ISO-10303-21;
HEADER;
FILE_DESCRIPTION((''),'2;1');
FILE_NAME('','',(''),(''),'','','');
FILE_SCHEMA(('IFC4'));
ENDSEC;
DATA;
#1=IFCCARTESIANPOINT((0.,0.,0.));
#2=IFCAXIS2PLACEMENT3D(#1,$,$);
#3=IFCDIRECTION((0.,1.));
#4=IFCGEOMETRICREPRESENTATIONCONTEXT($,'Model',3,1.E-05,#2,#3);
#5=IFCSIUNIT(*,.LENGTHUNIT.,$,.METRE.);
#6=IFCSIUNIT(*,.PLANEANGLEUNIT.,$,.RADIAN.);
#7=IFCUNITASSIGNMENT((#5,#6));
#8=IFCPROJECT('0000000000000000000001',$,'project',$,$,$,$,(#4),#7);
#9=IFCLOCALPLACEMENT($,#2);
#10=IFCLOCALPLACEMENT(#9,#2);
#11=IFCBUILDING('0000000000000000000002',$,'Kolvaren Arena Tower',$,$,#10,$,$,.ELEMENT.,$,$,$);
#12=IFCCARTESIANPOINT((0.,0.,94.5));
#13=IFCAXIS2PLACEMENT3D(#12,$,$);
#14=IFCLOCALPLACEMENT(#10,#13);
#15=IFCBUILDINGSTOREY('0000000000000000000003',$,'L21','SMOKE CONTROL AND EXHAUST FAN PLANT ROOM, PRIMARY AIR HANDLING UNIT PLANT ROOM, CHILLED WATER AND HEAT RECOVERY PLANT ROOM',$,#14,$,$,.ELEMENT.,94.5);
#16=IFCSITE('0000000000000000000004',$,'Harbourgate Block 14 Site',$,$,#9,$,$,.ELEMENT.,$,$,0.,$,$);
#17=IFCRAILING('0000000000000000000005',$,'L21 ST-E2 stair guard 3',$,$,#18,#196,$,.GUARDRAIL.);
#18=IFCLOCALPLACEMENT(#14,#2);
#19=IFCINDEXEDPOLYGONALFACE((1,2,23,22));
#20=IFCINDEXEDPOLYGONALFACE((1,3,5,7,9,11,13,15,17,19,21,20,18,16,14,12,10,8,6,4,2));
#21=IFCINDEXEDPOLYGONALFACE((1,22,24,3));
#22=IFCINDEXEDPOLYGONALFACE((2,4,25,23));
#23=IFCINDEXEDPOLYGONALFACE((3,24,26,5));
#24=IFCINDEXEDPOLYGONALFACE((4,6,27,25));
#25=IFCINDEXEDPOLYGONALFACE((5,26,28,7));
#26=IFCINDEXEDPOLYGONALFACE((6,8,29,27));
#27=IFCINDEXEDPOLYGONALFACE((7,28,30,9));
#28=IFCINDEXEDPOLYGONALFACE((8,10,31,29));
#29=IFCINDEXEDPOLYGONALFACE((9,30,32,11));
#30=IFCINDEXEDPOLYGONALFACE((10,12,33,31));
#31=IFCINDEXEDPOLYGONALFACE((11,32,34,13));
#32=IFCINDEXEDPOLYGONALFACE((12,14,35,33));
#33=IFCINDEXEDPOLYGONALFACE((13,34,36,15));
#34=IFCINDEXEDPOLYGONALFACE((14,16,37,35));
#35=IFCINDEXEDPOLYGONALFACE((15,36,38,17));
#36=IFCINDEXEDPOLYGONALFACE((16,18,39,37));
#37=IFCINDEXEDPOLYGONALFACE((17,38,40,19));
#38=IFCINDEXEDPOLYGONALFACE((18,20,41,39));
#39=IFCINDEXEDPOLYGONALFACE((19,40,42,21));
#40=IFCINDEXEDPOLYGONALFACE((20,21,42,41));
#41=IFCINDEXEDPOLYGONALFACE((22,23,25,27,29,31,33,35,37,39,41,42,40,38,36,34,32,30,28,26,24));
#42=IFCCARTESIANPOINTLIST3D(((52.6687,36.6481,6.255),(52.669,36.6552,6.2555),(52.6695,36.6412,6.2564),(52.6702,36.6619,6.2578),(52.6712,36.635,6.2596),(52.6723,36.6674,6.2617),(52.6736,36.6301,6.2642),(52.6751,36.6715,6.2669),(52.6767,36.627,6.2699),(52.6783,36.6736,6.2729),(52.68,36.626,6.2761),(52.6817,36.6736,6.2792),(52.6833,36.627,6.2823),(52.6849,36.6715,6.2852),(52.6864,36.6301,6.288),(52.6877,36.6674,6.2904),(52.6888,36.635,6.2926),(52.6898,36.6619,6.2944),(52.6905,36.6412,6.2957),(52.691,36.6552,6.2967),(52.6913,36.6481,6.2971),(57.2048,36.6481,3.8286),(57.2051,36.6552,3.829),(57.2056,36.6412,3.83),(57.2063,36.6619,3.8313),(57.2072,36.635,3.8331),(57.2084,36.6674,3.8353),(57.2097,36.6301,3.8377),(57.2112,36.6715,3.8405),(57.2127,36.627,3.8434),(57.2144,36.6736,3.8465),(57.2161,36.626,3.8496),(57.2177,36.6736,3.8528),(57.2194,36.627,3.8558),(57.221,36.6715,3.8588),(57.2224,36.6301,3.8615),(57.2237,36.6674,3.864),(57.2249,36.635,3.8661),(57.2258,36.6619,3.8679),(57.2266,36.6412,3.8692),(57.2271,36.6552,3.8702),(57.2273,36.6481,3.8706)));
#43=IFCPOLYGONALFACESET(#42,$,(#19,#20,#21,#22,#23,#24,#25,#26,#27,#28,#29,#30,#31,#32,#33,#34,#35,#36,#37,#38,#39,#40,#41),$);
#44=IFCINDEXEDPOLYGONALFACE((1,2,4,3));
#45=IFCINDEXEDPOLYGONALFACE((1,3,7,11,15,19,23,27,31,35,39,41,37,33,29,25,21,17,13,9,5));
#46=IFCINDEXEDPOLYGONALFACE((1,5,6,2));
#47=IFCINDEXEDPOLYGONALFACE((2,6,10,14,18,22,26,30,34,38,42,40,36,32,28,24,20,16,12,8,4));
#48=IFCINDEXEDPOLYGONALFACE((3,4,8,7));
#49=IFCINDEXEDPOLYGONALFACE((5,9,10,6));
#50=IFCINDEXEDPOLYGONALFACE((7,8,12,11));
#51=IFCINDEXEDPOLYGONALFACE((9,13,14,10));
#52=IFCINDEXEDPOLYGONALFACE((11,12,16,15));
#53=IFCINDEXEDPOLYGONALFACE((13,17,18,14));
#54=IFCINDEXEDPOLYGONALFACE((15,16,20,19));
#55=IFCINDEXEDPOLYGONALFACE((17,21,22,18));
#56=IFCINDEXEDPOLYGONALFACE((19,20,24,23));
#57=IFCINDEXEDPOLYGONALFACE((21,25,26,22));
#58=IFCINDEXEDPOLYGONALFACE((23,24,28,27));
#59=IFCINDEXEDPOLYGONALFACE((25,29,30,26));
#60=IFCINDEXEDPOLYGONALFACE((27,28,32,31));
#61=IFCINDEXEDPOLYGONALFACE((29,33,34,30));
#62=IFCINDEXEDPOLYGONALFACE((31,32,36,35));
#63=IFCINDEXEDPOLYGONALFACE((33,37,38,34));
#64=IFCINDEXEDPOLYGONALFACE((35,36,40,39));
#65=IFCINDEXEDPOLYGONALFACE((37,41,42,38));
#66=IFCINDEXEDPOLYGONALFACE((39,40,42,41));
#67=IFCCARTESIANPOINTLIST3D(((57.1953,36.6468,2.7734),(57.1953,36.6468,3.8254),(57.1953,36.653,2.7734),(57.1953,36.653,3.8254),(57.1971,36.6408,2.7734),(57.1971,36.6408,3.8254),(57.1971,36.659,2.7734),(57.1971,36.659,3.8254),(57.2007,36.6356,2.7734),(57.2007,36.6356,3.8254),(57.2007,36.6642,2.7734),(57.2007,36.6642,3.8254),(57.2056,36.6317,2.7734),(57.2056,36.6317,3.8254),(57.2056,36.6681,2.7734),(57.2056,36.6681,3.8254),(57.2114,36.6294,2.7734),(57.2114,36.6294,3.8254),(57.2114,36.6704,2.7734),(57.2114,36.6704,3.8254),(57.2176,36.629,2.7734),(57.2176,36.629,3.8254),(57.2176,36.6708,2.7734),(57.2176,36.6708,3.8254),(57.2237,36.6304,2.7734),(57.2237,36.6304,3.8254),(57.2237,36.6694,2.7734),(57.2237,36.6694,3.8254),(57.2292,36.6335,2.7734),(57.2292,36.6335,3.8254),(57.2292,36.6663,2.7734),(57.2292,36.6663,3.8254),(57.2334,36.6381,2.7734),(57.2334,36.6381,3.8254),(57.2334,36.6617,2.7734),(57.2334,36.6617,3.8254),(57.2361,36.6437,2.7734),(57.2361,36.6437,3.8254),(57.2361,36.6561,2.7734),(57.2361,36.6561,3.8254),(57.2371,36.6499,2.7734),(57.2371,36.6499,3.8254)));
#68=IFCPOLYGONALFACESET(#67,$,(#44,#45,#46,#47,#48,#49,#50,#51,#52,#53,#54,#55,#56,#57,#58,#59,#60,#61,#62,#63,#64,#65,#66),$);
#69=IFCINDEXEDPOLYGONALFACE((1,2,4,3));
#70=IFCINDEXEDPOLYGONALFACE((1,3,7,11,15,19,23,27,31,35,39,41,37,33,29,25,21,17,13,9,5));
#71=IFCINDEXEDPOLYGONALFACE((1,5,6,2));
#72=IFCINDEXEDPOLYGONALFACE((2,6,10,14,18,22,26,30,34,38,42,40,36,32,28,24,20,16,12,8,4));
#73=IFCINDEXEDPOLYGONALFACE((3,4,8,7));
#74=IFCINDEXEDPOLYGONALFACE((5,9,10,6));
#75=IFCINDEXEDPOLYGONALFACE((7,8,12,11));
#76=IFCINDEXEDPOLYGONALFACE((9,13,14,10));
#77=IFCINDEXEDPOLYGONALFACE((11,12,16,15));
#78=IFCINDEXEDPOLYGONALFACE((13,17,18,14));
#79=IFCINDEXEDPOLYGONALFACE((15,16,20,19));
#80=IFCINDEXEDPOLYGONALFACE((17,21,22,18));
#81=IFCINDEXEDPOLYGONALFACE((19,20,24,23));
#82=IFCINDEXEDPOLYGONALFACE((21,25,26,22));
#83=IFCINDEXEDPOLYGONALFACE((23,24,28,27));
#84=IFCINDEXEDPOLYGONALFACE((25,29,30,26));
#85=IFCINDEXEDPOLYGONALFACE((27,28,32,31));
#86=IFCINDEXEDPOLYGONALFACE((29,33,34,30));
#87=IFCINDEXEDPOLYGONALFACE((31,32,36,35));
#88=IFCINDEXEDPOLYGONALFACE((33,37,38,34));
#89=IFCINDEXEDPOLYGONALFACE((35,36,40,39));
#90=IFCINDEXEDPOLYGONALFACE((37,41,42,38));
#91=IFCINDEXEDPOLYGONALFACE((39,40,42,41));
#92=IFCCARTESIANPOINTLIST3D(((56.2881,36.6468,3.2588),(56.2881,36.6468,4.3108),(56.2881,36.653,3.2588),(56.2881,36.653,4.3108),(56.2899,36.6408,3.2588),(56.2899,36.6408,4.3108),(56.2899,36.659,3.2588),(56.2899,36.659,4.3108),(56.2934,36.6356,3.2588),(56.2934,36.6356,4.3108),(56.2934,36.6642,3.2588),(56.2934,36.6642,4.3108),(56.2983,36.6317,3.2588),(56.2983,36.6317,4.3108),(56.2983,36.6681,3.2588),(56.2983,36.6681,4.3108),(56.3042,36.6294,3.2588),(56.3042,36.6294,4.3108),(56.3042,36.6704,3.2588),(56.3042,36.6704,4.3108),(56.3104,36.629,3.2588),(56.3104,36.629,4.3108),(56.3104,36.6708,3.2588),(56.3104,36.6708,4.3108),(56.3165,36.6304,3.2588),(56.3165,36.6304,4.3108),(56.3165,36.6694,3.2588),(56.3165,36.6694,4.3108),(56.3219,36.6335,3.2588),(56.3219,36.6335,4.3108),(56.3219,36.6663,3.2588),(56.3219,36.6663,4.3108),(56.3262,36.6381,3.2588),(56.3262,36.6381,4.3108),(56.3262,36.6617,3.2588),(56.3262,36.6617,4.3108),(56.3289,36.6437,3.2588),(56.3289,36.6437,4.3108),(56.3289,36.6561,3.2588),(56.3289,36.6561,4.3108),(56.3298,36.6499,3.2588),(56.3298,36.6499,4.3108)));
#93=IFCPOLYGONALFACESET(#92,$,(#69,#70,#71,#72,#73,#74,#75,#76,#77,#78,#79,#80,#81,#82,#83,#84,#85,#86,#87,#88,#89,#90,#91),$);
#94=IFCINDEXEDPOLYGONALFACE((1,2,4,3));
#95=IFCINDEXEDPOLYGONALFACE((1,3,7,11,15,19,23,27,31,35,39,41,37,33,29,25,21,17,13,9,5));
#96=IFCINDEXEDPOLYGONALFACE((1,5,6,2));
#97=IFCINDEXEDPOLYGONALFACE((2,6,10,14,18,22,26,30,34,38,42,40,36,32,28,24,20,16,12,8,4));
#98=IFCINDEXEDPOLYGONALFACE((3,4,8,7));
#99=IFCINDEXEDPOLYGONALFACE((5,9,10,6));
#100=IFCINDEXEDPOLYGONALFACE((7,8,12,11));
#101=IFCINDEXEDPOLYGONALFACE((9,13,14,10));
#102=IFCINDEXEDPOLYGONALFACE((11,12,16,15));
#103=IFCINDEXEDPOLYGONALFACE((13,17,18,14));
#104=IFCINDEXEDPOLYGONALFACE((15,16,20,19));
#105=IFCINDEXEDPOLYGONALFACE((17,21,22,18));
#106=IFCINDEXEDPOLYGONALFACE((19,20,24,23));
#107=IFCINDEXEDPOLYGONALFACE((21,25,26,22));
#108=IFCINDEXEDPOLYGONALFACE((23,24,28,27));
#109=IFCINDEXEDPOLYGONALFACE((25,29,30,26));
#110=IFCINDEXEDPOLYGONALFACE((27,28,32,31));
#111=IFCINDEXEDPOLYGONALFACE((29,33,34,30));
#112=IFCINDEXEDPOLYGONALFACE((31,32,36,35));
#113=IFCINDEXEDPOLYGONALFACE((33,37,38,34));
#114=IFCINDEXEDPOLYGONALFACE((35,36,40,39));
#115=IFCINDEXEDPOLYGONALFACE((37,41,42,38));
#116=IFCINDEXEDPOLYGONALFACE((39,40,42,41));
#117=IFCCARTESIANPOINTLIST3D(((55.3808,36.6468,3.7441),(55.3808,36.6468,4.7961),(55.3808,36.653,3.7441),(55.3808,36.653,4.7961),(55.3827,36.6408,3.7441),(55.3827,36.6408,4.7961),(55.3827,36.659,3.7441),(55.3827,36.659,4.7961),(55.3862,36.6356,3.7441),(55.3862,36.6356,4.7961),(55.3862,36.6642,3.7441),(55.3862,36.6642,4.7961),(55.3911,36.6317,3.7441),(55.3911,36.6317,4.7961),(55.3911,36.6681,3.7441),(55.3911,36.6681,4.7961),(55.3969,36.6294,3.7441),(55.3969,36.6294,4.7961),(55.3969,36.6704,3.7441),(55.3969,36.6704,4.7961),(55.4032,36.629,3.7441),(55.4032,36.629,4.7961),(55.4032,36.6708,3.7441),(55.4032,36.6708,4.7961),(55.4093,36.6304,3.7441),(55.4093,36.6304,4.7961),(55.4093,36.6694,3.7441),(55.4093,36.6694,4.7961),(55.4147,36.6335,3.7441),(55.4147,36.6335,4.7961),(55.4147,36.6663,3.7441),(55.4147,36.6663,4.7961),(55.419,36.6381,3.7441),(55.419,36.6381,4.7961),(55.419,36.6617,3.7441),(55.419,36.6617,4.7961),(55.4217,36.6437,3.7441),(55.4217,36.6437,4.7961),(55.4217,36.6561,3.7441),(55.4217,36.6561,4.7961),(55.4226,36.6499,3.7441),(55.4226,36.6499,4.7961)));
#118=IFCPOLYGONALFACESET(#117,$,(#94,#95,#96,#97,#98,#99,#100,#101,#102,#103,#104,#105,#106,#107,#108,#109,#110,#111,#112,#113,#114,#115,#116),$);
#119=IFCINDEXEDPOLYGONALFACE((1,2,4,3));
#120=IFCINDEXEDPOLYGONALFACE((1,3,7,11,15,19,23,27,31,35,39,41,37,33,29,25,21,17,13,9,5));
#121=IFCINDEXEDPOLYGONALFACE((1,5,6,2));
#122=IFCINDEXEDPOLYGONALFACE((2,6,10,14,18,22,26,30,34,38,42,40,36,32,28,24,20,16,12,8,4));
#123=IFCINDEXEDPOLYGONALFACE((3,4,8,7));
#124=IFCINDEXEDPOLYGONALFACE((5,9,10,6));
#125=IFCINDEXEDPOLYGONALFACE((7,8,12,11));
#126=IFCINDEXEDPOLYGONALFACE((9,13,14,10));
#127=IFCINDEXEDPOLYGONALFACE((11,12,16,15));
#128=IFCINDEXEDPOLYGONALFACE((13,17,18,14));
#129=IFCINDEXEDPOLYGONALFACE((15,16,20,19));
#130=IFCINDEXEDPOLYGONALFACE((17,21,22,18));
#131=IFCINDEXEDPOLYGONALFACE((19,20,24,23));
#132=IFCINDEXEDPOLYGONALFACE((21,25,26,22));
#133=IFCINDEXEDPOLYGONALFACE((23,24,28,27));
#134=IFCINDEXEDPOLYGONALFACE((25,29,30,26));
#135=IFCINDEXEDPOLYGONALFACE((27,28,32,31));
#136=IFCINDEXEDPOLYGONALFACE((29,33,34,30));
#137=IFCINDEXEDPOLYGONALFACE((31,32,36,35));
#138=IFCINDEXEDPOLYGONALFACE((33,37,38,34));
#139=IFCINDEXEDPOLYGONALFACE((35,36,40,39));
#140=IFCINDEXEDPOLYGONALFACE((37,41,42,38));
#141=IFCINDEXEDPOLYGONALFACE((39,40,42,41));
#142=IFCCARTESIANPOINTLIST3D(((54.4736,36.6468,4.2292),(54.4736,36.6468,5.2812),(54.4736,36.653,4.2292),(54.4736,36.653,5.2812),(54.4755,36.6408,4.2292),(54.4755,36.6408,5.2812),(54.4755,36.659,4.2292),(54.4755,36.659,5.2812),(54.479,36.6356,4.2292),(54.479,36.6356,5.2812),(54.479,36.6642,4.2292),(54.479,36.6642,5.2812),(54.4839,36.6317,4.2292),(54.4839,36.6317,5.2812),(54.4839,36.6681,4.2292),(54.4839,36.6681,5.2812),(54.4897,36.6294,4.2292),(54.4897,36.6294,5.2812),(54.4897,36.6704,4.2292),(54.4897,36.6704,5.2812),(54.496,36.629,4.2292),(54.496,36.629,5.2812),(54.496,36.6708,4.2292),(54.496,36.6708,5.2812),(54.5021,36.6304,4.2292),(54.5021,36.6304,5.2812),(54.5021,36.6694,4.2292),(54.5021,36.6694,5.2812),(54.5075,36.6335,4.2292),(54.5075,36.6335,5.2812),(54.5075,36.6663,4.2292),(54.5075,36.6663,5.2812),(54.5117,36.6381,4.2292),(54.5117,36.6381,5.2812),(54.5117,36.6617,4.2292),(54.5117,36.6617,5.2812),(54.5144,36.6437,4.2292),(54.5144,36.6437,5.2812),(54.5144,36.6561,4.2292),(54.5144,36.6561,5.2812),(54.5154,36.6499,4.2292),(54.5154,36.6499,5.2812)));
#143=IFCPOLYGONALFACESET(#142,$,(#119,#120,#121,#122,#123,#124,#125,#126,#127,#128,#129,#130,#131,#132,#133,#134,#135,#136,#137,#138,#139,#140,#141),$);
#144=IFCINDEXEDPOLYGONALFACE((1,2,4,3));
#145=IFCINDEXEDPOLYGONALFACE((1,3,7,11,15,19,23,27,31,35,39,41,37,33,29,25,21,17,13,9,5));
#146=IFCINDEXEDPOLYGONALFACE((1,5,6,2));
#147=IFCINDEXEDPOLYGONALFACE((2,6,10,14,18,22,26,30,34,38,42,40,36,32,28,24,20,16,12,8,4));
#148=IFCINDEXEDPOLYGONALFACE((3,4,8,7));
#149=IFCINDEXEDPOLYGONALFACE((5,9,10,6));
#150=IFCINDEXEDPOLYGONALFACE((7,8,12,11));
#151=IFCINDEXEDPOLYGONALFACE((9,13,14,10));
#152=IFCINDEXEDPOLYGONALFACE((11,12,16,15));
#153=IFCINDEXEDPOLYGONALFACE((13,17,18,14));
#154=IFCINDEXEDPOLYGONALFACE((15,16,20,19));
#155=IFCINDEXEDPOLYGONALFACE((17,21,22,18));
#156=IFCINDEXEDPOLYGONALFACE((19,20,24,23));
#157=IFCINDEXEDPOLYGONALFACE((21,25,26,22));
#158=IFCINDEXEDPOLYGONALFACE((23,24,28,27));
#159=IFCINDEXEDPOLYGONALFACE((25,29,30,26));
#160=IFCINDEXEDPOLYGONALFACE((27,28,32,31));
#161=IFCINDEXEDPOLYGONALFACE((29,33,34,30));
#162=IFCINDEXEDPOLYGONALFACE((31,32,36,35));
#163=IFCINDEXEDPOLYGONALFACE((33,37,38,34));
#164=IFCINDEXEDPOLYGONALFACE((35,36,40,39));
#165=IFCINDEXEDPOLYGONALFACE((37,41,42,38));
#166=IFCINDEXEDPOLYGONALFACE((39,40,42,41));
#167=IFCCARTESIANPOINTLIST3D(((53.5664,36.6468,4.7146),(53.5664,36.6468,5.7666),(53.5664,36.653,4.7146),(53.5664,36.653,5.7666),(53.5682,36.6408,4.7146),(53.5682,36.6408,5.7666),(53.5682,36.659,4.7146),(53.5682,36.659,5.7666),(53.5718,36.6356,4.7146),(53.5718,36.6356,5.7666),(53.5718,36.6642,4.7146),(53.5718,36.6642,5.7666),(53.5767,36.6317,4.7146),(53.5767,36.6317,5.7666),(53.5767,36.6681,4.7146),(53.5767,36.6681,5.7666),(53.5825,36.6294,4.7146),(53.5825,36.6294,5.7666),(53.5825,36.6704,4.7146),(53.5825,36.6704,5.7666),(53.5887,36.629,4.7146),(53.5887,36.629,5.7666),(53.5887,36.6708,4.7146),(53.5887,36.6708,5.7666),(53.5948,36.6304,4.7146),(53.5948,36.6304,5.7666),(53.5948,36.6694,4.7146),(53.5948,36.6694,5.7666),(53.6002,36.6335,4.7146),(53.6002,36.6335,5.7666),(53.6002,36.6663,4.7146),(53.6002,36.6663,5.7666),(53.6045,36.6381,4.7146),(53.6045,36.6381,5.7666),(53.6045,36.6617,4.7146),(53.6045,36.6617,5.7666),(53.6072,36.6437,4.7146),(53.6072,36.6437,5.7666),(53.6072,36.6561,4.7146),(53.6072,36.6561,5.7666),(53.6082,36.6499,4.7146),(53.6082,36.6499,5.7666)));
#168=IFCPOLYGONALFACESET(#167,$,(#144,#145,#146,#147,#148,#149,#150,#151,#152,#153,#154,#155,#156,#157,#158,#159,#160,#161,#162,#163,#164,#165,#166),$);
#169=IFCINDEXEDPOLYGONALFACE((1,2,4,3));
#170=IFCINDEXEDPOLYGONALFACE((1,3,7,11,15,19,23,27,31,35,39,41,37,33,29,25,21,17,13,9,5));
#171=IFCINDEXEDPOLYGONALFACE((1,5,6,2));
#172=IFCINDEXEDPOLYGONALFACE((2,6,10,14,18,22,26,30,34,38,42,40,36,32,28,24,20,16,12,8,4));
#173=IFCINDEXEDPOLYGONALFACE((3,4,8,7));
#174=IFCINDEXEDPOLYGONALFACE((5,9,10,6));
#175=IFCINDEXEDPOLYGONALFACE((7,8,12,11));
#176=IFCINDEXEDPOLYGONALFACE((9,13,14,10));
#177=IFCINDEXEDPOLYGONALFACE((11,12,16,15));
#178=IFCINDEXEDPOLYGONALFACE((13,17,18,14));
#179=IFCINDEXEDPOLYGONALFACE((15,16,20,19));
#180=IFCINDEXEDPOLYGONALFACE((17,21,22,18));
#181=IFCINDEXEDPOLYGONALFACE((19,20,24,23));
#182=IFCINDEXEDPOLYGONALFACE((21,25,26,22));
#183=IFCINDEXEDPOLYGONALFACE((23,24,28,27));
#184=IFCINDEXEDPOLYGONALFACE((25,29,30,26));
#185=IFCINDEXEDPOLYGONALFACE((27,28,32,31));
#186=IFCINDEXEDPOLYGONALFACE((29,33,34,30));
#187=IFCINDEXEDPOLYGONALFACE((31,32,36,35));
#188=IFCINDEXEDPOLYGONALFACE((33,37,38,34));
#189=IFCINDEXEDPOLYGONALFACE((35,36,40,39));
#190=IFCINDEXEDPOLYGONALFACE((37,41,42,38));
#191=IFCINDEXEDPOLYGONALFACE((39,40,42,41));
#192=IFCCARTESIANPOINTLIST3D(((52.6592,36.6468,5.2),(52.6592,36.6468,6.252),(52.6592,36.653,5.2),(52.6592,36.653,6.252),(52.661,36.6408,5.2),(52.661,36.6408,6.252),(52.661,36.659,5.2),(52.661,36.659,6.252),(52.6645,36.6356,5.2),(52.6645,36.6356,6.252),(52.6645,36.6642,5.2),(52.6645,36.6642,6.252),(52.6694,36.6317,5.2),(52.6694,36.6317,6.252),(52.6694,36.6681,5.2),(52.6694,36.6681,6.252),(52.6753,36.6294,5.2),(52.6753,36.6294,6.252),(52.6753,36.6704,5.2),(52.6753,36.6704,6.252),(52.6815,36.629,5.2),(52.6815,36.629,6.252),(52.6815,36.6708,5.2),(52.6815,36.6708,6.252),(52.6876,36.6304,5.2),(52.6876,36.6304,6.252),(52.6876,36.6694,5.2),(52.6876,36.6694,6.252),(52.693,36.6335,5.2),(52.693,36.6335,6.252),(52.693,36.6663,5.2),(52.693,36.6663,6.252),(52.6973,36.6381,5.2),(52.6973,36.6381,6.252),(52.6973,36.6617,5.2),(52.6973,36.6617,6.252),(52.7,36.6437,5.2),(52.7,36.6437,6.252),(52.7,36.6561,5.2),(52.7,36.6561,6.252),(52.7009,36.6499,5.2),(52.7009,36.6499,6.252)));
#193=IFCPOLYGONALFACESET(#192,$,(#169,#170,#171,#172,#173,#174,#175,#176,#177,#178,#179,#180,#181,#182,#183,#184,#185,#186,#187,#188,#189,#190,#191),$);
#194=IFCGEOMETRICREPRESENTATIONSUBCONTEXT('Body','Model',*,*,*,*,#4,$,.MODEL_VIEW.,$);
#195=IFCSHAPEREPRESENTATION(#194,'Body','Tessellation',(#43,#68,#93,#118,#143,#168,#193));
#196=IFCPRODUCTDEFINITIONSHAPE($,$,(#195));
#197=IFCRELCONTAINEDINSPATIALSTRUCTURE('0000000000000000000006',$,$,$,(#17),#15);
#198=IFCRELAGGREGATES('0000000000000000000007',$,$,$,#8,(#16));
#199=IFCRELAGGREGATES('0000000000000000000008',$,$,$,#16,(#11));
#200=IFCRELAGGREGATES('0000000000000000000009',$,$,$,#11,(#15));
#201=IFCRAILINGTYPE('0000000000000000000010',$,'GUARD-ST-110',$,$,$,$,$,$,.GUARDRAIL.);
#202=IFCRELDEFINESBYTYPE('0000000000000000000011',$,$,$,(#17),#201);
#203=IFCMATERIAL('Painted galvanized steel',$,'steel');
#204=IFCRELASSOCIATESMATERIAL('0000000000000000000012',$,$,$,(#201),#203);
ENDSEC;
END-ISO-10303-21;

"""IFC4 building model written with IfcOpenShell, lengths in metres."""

from ifc_helpers import new_model, si_unit, direction, frame, origin, origin_2d, place, context, subcontext, project, spatial, circle, extrude, material, type_object, element, save


model = new_model("IFC4")

# Units and contexts
model_context = context("Model", 3, precision=1e-05, world=origin(), true_north=direction((0.0, 1.0)))
body_context = subcontext(model_context, "Body", "Model", "MODEL_VIEW")
ifc_project = project(units=[si_unit("LENGTHUNIT", "METRE"), si_unit("PLANEANGLEUNIT", "RADIAN")], contexts=[model_context])

# Site, building, storey
site_placement = place(None, origin())
site = spatial("IfcSite", under=ifc_project, at=site_placement, Name="Harbourgate Block 14 Site", CompositionType="ELEMENT", RefElevation=0.0)
building_placement = place(site_placement, origin())
building = spatial("IfcBuilding", under=site, at=building_placement, Name="Kolvaren Arena Tower", CompositionType="ELEMENT")
storey_placement = place(building_placement, frame((0.0, 0.0, 94.5)))
storey = spatial("IfcBuildingStorey", under=building, at=storey_placement, Name="L21", Description="SMOKE CONTROL AND EXHAUST FAN PLANT ROOM, PRIMARY AIR HANDLING UNIT PLANT ROOM, CHILLED WATER AND HEAT RECOVERY PLANT ROOM", CompositionType="ELEMENT", Elevation=94.5)

# Railing
ifc_material_1 = material(Name="Painted galvanized steel", Category="steel")
railing_type_1 = type_object("IfcRailingType", Name="GUARD-ST-110", PredefinedType="GUARDRAIL", material=ifc_material_1)
railing_1_placement = place(storey_placement, frame((57.2161, 36.6499, 2.7734)))
element("IfcRailing", 1, at=railing_1_placement, inside=storey, type_object=railing_type_1, Name="L21 ST-E2 stair guard 3", PredefinedType="GUARDRAIL", context=body_context, shape_type="SweptSolid", body=[
    extrude(circle(Radius=0.0239, at=origin_2d()), frame((0.0, 0.0, 1.0762), z_axis=(-0.881768, 0.0, 0.471684), x_axis=(0.0, -1.0, 0.0)), (0.0, 0.0, 1.0), 5.1443),
    extrude(circle(Radius=0.021, at=origin_2d()), origin(), (0.0, 0.0, 1.0), 1.052),
    extrude(circle(Radius=0.021, at=origin_2d()), frame((-0.9072, 0.0, 0.4854)), (0.0, 0.0, 1.0), 1.052),
    extrude(circle(Radius=0.021, at=origin_2d()), frame((-1.8145, 0.0, 0.9707)), (0.0, 0.0, 1.0), 1.052),
    extrude(circle(Radius=0.021, at=origin_2d()), frame((-2.7217, 0.0, 1.4558)), (0.0, 0.0, 1.0), 1.052),
    extrude(circle(Radius=0.021, at=origin_2d()), frame((-3.6289, 0.0, 1.9412)), (0.0, 0.0, 1.0), 1.052),
    extrude(circle(Radius=0.021, at=origin_2d()), frame((-4.5361, 0.0, 2.4265)), (0.0, 0.0, 1.0), 1.052),
])

save(model, "model.ifc")
